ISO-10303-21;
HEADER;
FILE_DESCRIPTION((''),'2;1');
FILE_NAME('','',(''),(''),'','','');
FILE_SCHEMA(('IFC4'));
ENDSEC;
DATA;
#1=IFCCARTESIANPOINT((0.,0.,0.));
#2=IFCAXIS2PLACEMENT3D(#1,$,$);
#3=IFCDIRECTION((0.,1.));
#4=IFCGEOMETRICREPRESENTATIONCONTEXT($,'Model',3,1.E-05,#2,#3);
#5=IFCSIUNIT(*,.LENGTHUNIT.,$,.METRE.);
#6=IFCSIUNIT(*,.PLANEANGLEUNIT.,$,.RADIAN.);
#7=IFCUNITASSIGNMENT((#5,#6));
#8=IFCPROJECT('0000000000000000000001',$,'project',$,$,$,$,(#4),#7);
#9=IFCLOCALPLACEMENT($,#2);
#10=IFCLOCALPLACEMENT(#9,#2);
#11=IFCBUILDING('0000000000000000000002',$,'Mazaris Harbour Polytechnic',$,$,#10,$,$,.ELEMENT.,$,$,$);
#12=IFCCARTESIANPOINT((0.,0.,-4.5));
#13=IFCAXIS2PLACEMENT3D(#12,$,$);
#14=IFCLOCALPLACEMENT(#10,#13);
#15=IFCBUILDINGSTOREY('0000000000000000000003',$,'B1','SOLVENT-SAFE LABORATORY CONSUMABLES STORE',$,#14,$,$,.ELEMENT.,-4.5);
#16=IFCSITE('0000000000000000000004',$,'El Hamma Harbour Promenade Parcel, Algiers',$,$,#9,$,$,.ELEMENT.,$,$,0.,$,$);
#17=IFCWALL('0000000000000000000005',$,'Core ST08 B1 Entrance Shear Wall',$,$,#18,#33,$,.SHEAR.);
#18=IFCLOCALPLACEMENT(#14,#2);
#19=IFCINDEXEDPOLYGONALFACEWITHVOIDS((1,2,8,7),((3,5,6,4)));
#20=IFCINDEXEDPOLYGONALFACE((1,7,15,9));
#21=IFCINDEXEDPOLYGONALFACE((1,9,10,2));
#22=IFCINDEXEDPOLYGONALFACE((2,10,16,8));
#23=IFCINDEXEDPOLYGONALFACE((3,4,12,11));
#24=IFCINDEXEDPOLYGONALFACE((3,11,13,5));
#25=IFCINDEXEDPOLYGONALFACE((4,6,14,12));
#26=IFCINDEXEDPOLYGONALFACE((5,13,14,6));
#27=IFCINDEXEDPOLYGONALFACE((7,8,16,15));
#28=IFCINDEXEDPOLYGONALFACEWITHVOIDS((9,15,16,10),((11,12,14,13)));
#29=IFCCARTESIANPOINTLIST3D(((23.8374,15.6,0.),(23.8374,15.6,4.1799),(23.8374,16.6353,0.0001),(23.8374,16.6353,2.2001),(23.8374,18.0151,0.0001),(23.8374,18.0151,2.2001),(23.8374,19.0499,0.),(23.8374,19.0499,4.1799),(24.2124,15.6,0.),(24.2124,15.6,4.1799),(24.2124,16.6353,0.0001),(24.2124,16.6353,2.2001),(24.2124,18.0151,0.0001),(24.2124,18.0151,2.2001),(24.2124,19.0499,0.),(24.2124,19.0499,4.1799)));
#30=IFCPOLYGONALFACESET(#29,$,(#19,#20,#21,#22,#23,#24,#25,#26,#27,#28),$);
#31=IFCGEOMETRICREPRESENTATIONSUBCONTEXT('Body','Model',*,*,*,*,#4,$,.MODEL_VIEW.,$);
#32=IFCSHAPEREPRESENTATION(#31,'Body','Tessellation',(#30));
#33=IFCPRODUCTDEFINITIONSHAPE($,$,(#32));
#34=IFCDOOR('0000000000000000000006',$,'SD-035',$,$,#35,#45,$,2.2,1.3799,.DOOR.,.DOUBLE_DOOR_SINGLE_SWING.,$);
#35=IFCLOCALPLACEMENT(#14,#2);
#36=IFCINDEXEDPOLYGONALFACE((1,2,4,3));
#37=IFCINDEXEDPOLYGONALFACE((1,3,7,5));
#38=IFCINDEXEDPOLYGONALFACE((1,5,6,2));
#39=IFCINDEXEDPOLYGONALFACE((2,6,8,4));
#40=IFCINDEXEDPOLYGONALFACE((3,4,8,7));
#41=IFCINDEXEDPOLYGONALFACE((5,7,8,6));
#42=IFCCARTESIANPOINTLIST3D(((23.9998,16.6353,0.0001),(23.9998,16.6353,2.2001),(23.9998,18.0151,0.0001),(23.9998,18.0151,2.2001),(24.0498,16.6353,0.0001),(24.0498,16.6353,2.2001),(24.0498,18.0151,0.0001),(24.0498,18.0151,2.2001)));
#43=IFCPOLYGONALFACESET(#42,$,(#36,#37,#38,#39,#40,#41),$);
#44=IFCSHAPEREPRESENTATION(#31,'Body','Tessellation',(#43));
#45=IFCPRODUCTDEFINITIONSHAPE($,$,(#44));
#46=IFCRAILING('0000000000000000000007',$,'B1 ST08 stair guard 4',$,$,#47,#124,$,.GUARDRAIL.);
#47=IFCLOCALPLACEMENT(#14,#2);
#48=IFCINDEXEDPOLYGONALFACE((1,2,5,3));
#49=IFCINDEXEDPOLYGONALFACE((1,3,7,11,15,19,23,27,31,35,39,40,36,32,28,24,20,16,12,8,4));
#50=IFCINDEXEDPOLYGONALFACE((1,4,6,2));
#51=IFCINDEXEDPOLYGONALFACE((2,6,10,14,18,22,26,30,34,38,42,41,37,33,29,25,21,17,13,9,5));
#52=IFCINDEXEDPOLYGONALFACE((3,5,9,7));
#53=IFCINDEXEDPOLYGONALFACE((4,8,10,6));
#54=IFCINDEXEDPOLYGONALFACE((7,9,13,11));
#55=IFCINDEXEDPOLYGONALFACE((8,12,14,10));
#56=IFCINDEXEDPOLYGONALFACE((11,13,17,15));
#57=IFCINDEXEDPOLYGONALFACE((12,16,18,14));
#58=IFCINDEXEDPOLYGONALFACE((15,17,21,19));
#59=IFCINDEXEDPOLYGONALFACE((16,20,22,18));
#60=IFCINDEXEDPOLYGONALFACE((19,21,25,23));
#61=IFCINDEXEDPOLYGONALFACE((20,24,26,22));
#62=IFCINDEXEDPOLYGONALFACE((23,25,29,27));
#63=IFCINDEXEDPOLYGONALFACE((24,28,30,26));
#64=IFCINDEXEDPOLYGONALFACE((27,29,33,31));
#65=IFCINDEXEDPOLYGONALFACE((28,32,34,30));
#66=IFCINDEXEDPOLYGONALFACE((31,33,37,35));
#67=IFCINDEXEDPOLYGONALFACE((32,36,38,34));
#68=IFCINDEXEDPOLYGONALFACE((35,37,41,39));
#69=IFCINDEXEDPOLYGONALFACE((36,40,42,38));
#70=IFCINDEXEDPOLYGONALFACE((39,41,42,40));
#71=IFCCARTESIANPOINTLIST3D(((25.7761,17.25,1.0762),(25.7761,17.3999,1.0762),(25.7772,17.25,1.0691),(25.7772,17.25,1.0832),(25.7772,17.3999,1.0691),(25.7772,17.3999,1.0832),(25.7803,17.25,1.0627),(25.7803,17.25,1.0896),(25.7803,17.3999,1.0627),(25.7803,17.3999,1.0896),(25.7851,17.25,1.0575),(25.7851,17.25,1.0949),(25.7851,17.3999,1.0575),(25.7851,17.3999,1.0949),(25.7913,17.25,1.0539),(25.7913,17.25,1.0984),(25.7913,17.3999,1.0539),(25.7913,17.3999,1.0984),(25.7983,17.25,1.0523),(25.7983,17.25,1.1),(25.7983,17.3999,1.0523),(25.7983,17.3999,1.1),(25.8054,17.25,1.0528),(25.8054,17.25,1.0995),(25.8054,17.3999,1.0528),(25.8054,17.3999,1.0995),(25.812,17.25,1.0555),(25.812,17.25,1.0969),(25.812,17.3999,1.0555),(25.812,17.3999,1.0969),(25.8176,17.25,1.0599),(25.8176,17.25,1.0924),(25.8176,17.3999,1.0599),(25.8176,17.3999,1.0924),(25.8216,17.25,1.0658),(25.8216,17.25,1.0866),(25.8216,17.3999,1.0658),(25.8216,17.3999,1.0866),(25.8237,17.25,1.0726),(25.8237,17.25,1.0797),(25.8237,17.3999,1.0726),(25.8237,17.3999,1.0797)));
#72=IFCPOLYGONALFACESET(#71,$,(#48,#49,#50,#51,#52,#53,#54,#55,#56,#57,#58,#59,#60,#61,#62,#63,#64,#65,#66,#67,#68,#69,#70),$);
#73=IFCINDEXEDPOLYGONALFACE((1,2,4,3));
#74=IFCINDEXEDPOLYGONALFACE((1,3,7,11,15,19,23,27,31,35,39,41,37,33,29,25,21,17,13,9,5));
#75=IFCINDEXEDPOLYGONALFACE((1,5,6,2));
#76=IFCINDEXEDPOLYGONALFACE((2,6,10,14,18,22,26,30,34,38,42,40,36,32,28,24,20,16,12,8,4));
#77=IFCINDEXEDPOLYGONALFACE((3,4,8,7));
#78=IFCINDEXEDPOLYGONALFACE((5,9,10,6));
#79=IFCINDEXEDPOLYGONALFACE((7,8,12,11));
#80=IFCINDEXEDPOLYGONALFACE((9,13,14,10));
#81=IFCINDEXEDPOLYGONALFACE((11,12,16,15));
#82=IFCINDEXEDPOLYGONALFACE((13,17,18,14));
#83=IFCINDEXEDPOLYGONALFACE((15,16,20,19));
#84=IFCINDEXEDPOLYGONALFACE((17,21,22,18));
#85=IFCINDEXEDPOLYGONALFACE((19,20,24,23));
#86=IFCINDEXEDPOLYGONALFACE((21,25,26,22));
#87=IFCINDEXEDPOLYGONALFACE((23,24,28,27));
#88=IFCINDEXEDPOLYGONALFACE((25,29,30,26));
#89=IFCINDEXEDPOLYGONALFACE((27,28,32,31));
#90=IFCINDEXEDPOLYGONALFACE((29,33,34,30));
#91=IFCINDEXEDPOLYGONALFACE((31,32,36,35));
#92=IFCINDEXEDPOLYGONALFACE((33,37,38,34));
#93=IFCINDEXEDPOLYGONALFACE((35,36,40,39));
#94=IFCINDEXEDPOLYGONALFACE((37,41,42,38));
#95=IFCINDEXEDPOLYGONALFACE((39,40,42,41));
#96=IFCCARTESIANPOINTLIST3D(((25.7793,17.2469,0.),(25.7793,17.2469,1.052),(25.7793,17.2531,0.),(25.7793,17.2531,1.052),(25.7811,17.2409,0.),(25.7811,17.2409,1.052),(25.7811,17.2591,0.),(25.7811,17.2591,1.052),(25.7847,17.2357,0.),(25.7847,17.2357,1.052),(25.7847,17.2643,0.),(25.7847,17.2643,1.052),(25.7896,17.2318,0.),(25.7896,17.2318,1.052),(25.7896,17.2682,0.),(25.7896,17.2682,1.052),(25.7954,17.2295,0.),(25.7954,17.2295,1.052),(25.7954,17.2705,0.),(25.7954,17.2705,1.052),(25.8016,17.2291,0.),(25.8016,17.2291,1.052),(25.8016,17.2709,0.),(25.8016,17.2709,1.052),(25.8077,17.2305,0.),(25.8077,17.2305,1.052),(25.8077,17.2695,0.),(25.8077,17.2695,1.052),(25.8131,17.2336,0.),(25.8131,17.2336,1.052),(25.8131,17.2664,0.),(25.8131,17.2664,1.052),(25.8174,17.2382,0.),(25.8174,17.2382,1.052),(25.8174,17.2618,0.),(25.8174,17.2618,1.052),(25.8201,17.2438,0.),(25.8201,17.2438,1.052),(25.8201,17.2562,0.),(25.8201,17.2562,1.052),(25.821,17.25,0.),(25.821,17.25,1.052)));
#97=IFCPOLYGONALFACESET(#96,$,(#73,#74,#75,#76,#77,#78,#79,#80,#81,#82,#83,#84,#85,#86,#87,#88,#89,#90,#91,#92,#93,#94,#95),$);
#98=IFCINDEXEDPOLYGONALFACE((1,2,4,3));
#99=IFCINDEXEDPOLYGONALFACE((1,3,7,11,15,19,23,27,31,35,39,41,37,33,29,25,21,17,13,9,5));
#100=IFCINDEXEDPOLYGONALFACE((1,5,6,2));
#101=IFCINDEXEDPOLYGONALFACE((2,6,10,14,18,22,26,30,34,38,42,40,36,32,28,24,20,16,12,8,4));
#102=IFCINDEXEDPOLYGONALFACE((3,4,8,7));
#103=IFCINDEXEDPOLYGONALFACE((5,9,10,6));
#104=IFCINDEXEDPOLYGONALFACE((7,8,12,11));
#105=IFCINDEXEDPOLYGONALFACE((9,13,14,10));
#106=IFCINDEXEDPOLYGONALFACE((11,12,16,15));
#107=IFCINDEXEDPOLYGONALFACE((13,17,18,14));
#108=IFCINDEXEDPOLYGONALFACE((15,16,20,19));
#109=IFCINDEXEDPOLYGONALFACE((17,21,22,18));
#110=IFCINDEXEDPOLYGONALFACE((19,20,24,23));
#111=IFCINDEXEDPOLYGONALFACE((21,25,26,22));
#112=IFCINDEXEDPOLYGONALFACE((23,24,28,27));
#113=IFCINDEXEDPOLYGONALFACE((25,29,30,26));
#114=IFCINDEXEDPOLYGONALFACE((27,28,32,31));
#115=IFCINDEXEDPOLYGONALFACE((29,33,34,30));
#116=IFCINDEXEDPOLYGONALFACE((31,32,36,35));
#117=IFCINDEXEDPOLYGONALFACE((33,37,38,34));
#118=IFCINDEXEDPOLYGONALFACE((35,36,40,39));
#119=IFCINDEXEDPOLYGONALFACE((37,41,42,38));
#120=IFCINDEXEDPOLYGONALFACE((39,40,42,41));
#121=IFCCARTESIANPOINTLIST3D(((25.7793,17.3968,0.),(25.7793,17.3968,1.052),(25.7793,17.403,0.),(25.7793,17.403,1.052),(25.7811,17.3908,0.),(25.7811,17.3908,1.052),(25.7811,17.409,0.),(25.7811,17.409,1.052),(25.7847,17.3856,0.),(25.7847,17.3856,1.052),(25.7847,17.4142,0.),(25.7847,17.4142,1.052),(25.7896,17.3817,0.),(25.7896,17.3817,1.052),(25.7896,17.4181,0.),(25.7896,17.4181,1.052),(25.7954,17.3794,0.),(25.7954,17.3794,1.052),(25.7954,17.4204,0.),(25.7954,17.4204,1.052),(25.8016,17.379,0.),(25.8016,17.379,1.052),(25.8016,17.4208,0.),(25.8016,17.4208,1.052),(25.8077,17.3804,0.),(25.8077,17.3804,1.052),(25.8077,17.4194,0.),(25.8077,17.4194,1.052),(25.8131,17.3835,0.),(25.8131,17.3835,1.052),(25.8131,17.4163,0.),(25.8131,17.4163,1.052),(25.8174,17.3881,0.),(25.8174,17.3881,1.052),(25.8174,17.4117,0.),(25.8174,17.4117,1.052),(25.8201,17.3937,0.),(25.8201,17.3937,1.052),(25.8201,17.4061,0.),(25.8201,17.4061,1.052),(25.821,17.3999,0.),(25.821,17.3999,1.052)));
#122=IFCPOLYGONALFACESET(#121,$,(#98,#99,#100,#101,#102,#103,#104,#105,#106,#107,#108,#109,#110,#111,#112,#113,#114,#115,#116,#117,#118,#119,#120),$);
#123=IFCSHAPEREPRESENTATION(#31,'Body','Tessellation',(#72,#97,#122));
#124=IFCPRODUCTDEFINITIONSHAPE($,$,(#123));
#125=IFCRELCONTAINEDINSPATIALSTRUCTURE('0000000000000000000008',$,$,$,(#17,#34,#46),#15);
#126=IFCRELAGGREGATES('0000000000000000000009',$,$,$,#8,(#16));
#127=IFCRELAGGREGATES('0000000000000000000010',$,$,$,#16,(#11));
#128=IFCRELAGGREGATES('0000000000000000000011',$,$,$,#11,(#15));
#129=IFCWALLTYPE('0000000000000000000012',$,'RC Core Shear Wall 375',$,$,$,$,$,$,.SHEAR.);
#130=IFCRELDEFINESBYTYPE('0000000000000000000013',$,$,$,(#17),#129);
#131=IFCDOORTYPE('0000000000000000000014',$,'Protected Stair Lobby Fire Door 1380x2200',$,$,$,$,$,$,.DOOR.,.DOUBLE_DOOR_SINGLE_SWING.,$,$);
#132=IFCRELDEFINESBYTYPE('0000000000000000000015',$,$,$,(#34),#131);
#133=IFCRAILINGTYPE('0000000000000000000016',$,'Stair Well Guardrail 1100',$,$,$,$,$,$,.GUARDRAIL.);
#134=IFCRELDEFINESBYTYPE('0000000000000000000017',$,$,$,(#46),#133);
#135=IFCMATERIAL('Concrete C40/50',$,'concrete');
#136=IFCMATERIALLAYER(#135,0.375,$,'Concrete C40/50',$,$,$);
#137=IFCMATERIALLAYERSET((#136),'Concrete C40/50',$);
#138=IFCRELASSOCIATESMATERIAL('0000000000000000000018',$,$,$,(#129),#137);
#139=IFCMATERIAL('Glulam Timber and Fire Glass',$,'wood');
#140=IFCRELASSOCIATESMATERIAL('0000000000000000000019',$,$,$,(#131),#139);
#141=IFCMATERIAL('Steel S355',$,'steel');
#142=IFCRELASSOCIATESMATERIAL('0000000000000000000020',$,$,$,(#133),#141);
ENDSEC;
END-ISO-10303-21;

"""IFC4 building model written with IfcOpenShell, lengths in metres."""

from ifc_helpers import new_model, si_unit, direction, frame, frame_2d, origin, origin_2d, place, context, subcontext, project, spatial, rectangle, circle, extrude, material, layer, layer_set, type_object, element, fill, save


model = new_model("IFC4")

# Units and contexts
model_context = context("Model", 3, precision=1e-05, world=origin(), true_north=direction((0.0, 1.0)))
body_context = subcontext(model_context, "Body", "Model", "MODEL_VIEW")
ifc_project = project(units=[si_unit("LENGTHUNIT", "METRE"), si_unit("PLANEANGLEUNIT", "RADIAN")], contexts=[model_context])

# Site, building, storey
site_placement = place(None, origin())
site = spatial("IfcSite", under=ifc_project, at=site_placement, Name="El Hamma Harbour Promenade Parcel, Algiers", CompositionType="ELEMENT", RefElevation=0.0)
building_placement = place(site_placement, origin())
building = spatial("IfcBuilding", under=site, at=building_placement, Name="Mazaris Harbour Polytechnic", CompositionType="ELEMENT")
storey_placement = place(building_placement, frame((0.0, 0.0, -4.5)))
storey = spatial("IfcBuildingStorey", under=building, at=storey_placement, Name="B1", Description="SOLVENT-SAFE LABORATORY CONSUMABLES STORE", CompositionType="ELEMENT", Elevation=-4.5)

# Shared definitions
ifc_material_1 = material(Name="Concrete C40/50", Category="concrete")
ifc_layer = layer(ifc_material_1, 0.375, Name="Concrete C40/50")
ifc_layer_set = layer_set([ifc_layer], Name="Concrete C40/50")
wall_type = type_object("IfcWallType", Name="RC Core Shear Wall 375", PredefinedType="SHEAR", material=ifc_layer_set)

# Wall, opening, door
wall_1_placement = place(storey_placement, frame((24.0249, 19.05, 0.0), z_axis=(0.0, 0.0, 1.0), x_axis=(0.0, -1.0, 0.0)))
wall_1 = element("IfcWall", 1, at=wall_1_placement, inside=storey, type_object=wall_type, Name="Core ST08 B1 Entrance Shear Wall", PredefinedType="SHEAR", context=body_context, shape_type="SweptSolid", body=[
    extrude(rectangle(XDim=3.45, YDim=0.375, at=frame_2d((1.7251, 0.0))), origin(), (0.0, 0.0, 1.0), 4.1799),
])
opening_placement = place(wall_1_placement, frame((1.0349, 0.0, 0.0)))
opening = element("IfcOpeningElement", 2, at=opening_placement, cuts=wall_1, PredefinedType="OPENING", context=body_context, shape_type="SweptSolid", body=[
    extrude(rectangle(XDim=1.3799, YDim=2.2, at=frame_2d((0.6899, 1.1001))), frame((0.0, 0.1975, 0.0), z_axis=(0.0, -1.0, 0.0), x_axis=(1.0, 0.0, 0.0)), (0.0, 0.0, 1.0), 0.395),
])
ifc_material_2 = material(Name="Glulam Timber and Fire Glass", Category="wood")
door_type = type_object("IfcDoorType", Name="Protected Stair Lobby Fire Door 1380x2200", OperationType="DOUBLE_DOOR_SINGLE_SWING", PredefinedType="DOOR", material=ifc_material_2)
door_placement = place(opening_placement, origin())
door = element("IfcDoor", 3, at=door_placement, inside=storey, type_object=door_type, Name="SD-035", OperationType="DOUBLE_DOOR_SINGLE_SWING", OverallHeight=2.2, OverallWidth=1.3799, PredefinedType="DOOR", context=body_context, shape_type="SweptSolid", body=[
    extrude(rectangle(XDim=1.3799, YDim=2.2, at=frame_2d((0.6899, 1.1001))), frame((0.0, 0.0249, 0.0), z_axis=(0.0, -1.0, 0.0), x_axis=(1.0, 0.0, 0.0)), (0.0, 0.0, 1.0), 0.05),
])
fill(opening, door)

# Railing
ifc_material_3 = material(Name="Steel S355", Category="steel")
railing_type = type_object("IfcRailingType", Name="Stair Well Guardrail 1100", PredefinedType="GUARDRAIL", material=ifc_material_3)
railing_placement = place(storey_placement, frame((25.8, 17.25, 0.0)))
element("IfcRailing", 4, at=railing_placement, inside=storey, type_object=railing_type, Name="B1 ST08 stair guard 4", PredefinedType="GUARDRAIL", context=body_context, shape_type="SweptSolid", body=[
    extrude(circle(Radius=0.0239, at=origin_2d()), frame((0.0, 0.0, 1.0762), z_axis=(0.0, 1.0, 0.0), x_axis=(-1.0, 0.0, 0.0)), (0.0, 0.0, 1.0), 0.1499),
    extrude(circle(Radius=0.021, at=origin_2d()), origin(), (0.0, 0.0, 1.0), 1.052),
    extrude(circle(Radius=0.021, at=origin_2d()), frame((0.0, 0.1499, 0.0)), (0.0, 0.0, 1.0), 1.052),
])

save(model, "model.ifc")
